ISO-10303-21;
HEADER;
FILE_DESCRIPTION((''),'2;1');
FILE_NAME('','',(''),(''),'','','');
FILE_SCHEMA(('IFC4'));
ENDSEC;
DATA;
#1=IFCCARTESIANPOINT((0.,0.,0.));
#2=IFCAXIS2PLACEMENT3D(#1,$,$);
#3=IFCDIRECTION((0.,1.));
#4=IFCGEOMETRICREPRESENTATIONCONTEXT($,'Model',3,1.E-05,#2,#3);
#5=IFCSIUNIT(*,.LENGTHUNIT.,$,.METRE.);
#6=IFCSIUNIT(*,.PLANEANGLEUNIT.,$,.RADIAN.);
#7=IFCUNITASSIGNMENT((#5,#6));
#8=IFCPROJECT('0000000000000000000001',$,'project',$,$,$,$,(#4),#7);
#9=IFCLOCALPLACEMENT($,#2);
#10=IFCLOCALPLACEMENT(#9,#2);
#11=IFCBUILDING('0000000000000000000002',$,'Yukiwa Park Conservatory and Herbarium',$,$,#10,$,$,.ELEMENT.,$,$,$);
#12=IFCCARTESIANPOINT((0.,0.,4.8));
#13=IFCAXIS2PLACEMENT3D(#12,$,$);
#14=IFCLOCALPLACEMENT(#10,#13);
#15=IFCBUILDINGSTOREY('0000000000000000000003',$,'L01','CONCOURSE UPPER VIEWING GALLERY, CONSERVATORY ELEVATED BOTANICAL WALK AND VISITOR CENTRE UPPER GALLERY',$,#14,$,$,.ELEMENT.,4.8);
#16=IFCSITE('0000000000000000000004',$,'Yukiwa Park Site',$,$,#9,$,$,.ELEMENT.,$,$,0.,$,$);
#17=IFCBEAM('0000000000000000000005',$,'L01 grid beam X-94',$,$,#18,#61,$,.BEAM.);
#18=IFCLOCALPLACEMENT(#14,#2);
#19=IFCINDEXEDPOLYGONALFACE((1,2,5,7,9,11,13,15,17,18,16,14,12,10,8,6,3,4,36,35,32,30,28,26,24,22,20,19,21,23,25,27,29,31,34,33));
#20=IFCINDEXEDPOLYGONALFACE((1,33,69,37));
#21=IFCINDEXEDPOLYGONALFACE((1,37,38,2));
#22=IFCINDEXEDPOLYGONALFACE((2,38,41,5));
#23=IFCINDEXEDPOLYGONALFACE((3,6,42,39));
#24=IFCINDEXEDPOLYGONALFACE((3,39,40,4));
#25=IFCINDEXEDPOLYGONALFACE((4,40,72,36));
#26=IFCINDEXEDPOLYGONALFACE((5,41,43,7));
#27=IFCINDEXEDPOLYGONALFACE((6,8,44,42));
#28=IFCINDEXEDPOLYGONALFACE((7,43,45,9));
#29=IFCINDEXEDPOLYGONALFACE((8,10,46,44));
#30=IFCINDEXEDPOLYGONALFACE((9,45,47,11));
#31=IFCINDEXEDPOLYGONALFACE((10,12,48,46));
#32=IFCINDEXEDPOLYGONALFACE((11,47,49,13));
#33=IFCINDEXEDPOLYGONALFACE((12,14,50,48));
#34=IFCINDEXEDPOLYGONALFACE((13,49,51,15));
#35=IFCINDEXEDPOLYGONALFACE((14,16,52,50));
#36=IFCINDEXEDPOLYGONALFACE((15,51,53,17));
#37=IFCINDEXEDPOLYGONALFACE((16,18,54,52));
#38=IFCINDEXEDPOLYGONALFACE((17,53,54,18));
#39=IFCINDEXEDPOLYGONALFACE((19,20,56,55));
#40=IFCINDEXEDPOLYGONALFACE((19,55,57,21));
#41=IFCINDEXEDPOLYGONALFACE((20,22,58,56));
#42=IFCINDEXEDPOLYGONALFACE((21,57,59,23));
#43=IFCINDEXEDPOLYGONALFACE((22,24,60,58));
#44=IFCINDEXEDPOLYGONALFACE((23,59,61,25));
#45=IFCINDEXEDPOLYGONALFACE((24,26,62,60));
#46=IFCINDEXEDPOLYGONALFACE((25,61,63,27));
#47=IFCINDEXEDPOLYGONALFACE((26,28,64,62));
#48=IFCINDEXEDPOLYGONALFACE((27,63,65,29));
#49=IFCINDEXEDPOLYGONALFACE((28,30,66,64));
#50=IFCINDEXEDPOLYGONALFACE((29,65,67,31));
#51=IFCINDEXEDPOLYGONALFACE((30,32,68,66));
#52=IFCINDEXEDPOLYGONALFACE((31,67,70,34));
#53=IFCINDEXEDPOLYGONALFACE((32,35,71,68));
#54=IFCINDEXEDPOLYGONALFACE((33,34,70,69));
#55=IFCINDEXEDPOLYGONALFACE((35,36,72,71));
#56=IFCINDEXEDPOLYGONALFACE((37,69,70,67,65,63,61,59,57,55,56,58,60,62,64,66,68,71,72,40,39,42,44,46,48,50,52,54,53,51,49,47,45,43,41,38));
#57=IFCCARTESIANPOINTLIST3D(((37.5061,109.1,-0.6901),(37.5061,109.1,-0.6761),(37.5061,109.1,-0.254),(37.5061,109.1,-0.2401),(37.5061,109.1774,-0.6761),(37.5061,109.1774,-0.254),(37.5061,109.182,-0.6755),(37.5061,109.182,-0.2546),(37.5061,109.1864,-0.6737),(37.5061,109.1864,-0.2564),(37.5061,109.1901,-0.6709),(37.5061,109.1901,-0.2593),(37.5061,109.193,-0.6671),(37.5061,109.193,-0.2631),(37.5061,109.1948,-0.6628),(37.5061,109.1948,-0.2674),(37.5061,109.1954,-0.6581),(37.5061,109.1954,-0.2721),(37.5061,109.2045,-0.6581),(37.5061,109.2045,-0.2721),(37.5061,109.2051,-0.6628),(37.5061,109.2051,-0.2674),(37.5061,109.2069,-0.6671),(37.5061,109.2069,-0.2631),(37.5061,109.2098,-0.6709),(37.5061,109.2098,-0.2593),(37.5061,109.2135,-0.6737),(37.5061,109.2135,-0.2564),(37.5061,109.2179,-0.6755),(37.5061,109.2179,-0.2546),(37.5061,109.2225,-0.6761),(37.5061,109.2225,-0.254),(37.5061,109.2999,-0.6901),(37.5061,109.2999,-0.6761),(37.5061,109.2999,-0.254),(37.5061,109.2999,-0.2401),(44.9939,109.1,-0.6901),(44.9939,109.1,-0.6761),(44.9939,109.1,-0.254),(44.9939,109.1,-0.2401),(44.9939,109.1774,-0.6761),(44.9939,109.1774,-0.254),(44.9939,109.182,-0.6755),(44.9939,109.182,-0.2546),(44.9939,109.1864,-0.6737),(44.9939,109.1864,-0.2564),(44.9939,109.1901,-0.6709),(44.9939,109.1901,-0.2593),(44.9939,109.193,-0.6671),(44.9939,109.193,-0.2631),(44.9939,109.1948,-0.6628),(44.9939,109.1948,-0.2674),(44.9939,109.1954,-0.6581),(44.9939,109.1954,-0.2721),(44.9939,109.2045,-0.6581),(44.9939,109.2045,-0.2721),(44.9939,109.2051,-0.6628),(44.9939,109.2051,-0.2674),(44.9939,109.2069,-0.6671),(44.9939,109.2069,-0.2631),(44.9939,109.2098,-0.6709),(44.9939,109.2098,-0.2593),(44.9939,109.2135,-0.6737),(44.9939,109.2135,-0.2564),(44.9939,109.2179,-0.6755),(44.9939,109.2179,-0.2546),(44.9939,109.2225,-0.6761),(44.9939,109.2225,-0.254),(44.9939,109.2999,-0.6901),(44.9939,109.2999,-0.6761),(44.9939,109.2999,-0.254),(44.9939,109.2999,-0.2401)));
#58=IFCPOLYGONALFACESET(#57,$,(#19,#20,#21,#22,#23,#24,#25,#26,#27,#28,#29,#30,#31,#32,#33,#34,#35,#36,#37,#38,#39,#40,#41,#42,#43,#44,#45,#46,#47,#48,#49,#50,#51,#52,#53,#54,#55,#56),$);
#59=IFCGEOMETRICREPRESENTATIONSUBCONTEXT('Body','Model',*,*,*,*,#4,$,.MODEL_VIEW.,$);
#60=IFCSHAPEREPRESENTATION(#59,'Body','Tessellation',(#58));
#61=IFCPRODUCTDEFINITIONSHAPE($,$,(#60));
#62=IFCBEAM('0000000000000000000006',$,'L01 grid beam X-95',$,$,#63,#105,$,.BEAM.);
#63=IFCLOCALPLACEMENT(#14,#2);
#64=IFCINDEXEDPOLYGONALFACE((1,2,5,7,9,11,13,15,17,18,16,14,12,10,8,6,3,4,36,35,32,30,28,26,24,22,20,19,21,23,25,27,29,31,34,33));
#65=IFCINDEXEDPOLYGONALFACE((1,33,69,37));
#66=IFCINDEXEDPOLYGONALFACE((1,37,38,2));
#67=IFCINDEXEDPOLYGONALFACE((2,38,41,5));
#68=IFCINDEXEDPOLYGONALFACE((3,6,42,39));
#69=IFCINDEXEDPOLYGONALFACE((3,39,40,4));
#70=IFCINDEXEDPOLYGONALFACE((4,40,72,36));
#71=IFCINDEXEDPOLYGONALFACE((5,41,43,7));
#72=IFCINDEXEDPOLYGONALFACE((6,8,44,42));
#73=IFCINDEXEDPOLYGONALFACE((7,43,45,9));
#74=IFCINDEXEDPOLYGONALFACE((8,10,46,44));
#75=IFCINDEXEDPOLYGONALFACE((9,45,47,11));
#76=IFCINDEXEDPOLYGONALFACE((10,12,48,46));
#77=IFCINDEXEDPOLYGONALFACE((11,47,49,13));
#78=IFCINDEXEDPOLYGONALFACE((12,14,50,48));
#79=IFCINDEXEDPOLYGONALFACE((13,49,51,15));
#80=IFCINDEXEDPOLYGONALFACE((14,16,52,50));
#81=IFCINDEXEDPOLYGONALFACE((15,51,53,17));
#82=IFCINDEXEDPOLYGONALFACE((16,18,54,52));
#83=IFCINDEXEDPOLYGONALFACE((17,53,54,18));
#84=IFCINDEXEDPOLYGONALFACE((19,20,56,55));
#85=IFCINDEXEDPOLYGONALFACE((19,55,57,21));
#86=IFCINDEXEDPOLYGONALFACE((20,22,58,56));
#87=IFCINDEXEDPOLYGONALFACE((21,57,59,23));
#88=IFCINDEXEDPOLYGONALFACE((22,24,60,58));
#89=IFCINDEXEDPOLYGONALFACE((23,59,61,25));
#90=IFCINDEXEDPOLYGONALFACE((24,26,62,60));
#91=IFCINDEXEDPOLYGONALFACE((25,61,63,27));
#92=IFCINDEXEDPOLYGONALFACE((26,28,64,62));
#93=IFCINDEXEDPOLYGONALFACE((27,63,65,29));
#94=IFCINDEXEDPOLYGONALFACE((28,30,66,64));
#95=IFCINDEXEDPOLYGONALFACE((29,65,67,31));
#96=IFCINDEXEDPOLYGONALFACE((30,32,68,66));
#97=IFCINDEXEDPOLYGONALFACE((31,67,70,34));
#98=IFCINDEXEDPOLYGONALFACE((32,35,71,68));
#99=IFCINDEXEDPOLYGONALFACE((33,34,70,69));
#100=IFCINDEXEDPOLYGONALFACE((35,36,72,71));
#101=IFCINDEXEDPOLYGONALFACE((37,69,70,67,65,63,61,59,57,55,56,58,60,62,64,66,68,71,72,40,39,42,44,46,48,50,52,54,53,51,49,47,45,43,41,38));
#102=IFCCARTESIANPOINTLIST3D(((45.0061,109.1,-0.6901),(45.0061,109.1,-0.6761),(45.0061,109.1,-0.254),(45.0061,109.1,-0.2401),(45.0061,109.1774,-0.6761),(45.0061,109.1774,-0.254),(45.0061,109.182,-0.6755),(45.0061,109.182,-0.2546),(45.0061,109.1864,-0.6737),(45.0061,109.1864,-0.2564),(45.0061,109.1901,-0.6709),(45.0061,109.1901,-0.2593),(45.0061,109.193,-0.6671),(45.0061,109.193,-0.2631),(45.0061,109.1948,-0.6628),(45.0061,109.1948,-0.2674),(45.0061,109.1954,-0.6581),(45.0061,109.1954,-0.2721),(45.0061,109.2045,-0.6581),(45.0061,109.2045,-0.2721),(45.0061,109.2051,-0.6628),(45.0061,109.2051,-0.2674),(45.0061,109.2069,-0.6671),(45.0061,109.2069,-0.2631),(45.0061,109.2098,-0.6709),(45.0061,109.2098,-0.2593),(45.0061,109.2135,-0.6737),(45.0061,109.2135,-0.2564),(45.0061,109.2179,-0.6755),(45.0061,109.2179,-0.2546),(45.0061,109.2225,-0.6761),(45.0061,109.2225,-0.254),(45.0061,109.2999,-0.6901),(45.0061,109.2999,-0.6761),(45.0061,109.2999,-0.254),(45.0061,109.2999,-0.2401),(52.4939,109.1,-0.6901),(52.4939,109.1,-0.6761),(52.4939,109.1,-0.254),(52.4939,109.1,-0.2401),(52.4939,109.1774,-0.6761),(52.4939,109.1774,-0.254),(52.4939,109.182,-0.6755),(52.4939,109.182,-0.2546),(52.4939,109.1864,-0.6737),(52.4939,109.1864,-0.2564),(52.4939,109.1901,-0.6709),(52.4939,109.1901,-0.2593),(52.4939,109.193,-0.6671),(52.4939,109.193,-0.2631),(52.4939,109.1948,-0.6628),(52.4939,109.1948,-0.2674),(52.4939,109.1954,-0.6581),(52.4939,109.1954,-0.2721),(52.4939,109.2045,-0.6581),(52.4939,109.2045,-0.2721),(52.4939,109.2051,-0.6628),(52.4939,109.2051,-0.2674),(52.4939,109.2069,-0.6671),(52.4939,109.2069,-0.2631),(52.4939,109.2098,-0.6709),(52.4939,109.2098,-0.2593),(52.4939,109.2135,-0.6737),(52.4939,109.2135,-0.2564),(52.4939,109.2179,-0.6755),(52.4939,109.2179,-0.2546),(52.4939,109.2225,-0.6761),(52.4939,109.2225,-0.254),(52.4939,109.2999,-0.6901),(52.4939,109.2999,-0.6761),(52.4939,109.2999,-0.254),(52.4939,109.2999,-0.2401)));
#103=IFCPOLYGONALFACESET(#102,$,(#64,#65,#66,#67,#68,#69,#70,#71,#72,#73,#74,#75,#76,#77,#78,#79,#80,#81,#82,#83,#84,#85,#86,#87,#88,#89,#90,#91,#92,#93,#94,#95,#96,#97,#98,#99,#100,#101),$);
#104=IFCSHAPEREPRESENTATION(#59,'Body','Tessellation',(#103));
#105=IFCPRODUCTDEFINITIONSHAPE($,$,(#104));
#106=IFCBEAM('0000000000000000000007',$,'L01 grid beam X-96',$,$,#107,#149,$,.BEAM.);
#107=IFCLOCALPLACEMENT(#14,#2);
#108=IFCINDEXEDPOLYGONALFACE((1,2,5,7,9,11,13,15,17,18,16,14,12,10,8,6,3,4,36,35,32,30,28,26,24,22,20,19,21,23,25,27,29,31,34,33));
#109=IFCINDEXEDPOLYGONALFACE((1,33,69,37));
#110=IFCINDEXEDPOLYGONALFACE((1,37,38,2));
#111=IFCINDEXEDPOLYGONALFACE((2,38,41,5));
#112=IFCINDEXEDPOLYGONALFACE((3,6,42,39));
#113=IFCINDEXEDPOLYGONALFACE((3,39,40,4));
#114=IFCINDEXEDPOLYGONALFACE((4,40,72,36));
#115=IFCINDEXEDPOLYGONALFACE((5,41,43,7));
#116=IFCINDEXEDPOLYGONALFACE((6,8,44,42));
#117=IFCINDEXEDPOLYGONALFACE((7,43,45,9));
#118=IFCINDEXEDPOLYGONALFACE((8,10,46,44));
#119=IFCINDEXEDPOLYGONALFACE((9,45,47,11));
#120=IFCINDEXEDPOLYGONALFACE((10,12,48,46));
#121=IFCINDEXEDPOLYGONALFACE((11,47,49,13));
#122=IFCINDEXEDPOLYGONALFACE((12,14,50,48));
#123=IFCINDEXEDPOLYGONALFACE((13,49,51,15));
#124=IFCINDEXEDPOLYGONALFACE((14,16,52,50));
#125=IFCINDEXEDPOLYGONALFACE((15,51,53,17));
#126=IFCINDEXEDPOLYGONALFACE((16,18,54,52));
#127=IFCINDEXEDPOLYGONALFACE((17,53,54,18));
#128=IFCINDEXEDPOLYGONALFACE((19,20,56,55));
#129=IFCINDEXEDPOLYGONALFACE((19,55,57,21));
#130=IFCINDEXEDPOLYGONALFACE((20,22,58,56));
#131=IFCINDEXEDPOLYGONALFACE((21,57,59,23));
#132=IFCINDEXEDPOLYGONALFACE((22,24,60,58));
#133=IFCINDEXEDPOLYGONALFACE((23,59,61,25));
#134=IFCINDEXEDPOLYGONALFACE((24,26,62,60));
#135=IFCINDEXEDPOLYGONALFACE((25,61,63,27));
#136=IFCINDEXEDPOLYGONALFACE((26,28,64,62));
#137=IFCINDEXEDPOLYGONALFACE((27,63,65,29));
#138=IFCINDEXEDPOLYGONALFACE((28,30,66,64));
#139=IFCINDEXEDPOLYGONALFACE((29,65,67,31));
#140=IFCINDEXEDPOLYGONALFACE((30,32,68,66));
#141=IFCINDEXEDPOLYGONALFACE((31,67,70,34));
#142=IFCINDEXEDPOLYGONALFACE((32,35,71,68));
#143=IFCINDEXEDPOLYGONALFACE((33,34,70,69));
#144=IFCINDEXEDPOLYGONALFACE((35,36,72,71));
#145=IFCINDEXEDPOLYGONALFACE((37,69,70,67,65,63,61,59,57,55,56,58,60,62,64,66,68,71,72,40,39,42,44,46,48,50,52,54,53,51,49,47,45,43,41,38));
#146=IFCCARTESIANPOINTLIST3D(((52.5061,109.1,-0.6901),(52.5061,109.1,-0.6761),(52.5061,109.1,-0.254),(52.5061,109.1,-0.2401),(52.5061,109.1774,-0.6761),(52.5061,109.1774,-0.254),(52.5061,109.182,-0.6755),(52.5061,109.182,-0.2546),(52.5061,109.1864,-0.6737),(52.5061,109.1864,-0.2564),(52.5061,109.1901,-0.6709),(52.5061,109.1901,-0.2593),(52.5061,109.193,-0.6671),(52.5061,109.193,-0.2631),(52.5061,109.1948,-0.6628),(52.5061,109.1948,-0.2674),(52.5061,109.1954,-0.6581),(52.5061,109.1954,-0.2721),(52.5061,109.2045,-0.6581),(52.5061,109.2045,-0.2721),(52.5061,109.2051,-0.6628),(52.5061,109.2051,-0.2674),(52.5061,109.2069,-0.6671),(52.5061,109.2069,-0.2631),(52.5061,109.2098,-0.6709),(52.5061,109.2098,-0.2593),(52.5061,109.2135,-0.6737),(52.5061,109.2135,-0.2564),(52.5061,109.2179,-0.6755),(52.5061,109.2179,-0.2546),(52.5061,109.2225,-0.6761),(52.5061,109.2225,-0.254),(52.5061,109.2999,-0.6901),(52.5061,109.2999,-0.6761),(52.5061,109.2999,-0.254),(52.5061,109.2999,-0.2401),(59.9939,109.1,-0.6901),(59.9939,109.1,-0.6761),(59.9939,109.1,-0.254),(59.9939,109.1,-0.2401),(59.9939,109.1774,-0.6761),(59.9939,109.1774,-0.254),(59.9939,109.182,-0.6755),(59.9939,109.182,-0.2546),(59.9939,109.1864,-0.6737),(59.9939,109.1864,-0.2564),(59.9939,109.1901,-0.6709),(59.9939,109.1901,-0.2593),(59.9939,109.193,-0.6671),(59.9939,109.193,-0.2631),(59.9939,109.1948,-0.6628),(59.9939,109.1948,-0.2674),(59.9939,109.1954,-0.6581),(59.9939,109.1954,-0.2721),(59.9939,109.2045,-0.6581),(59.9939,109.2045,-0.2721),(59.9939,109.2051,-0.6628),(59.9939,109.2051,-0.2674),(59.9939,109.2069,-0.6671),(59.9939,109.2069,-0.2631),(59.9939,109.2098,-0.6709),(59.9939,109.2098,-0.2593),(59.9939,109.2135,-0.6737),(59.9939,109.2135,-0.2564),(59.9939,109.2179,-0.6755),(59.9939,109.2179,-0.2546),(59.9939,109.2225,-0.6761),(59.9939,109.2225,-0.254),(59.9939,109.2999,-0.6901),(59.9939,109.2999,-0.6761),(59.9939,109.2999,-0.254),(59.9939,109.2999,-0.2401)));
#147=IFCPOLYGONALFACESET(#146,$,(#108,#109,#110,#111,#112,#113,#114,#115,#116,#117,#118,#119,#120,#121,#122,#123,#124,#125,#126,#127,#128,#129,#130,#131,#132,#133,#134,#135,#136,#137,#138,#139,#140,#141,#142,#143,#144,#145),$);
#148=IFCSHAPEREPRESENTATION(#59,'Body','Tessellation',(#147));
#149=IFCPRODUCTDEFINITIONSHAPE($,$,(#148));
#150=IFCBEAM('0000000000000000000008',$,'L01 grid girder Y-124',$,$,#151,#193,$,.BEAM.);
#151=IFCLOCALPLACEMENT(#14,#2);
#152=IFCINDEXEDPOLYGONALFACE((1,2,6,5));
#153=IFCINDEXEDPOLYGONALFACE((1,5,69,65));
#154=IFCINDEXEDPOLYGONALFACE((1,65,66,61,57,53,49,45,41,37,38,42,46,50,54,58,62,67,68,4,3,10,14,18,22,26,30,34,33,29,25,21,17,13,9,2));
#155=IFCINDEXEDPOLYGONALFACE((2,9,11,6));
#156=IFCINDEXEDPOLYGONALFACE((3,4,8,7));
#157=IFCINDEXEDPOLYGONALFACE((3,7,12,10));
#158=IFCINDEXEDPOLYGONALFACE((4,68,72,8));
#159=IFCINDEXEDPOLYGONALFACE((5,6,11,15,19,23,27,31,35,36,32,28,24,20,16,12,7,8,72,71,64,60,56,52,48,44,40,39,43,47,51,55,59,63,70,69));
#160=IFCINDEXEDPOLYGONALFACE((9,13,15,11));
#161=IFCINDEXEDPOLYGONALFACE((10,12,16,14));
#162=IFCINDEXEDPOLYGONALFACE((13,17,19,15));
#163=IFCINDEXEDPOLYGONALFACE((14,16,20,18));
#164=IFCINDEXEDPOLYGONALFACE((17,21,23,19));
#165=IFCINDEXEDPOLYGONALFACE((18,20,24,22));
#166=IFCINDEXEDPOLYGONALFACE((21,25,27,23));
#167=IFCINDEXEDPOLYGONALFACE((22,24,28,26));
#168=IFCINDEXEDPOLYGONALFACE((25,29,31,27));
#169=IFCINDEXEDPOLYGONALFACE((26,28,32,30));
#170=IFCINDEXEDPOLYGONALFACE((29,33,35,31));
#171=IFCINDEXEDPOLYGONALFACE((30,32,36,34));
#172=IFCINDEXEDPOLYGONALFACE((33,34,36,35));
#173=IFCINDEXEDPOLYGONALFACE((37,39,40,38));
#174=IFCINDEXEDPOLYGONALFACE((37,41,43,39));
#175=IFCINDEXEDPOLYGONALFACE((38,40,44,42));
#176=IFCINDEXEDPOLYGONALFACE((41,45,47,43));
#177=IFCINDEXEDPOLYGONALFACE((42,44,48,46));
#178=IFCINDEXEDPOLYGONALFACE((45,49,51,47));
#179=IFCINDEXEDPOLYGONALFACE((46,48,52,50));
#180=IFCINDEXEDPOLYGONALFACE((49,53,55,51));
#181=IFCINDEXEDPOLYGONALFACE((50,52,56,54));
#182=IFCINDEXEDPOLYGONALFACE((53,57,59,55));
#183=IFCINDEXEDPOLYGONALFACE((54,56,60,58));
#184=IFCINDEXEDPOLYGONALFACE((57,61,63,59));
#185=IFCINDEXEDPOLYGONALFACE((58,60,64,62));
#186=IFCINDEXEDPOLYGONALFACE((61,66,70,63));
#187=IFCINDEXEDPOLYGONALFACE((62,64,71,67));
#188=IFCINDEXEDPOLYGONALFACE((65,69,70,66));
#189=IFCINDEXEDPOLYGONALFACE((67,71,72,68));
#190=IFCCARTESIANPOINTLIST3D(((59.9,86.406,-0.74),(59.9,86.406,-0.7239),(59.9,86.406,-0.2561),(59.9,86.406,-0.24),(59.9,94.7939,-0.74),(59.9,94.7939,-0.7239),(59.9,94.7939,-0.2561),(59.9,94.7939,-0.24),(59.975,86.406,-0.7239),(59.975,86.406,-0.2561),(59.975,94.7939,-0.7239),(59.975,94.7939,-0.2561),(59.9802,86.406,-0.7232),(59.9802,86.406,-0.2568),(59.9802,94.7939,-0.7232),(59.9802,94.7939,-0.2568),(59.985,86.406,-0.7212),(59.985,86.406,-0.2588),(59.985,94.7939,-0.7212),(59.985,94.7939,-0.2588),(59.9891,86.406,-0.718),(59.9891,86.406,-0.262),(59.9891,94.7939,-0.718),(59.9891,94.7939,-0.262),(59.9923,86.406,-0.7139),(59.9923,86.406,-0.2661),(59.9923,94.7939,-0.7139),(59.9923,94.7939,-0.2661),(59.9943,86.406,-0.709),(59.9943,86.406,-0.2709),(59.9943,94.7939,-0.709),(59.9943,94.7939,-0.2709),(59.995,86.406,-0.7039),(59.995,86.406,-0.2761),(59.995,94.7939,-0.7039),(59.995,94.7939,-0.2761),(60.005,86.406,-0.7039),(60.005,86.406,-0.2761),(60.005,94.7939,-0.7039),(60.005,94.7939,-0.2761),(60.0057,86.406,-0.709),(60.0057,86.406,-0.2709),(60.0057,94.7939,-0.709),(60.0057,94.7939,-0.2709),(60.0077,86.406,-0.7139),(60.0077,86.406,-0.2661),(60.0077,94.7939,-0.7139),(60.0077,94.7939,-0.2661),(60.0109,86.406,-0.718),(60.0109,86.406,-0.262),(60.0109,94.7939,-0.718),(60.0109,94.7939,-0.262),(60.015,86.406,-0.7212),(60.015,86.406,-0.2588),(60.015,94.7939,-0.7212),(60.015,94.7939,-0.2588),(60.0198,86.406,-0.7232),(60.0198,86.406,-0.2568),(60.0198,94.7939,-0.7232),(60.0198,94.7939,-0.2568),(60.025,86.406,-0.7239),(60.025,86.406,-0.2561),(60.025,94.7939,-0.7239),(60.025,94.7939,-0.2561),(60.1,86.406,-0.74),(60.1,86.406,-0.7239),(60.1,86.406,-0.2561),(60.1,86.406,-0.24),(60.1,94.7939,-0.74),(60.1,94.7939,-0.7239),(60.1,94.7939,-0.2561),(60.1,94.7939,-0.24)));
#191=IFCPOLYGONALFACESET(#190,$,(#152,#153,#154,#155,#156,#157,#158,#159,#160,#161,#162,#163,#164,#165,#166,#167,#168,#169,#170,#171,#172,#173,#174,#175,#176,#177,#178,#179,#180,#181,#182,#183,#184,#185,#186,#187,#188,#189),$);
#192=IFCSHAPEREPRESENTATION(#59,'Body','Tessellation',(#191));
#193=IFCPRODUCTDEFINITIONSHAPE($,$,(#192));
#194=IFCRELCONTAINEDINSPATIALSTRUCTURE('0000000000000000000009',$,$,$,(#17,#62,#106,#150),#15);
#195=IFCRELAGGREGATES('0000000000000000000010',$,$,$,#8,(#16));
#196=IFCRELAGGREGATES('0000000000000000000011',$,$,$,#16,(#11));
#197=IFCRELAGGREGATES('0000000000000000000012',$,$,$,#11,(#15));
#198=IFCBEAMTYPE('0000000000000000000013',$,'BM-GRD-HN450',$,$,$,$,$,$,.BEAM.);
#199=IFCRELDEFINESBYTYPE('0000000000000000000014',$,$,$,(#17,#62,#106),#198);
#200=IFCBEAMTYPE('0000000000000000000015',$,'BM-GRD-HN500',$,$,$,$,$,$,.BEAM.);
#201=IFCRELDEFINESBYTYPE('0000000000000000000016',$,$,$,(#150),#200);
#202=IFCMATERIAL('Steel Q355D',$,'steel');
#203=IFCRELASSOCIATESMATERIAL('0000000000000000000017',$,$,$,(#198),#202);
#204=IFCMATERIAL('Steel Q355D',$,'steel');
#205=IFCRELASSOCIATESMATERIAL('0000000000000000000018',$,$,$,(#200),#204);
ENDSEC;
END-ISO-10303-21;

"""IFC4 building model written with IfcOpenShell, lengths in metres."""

from ifc_helpers import new_model, si_unit, direction, frame, origin, origin_2d, place, context, subcontext, project, spatial, i_section, extrude, material, material_profile, profile_set, type_object, element, save


model = new_model("IFC4")

# Units and contexts
model_context = context("Model", 3, precision=1e-05, world=origin(), true_north=direction((0.0, 1.0)))
body_context = subcontext(model_context, "Body", "Model", "MODEL_VIEW")
ifc_project = project(units=[si_unit("LENGTHUNIT", "METRE"), si_unit("PLANEANGLEUNIT", "RADIAN")], contexts=[model_context])

# Site, building, storey
site_placement = place(None, origin())
site = spatial("IfcSite", under=ifc_project, at=site_placement, Name="Yukiwa Park Site", CompositionType="ELEMENT", RefElevation=0.0)
building_placement = place(site_placement, origin())
building = spatial("IfcBuilding", under=site, at=building_placement, Name="Yukiwa Park Conservatory and Herbarium", CompositionType="ELEMENT")
storey_placement = place(building_placement, frame((0.0, 0.0, 4.8)))
storey = spatial("IfcBuildingStorey", under=building, at=storey_placement, Name="L01", Description="CONCOURSE UPPER VIEWING GALLERY, CONSERVATORY ELEVATED BOTANICAL WALK AND VISITOR CENTRE UPPER GALLERY", CompositionType="ELEMENT", Elevation=4.8)

# Beams
ifc_material_1 = material(Name="Steel Q355D", Category="steel")
ifc_material_profile_1 = material_profile(ifc_material_1, i_section(OverallWidth=0.2, OverallDepth=0.45, WebThickness=0.009, FlangeThickness=0.0139, FilletRadius=0.0181, at=origin_2d()), Name="HN 450x200x9x14")
ifc_profile_set_1 = profile_set([ifc_material_profile_1], Name="Steel Q355D")
beam_type_1 = type_object("IfcBeamType", Name="BM-GRD-HN450", PredefinedType="BEAM", material=ifc_profile_set_1)
for number, where, z_axis, x_axis, name in (
    (1, (37.5061, 109.2, -0.4651), (1.0, 0.0, 0.0), (0.0, 1.0, 0.0), "L01 grid beam X-94"),
    (2, (45.0061, 109.2, -0.4651), (1.0, 0.0, 0.0), (0.0, 1.0, 0.0), "L01 grid beam X-95"),
    (3, (52.5061, 109.2, -0.4651), (1.0, 0.0, 0.0), (0.0, 1.0, 0.0), "L01 grid beam X-96"),
):
    element("IfcBeam", number, at=place(storey_placement, frame(where, z_axis=z_axis, x_axis=x_axis)), inside=storey, type_object=beam_type_1, Name=name, PredefinedType="BEAM", context=body_context, shape_type="SweptSolid", body=[
        extrude(i_section(OverallWidth=0.2, OverallDepth=0.45, WebThickness=0.009, FlangeThickness=0.0139, FilletRadius=0.0181, at=origin_2d()), origin(), (0.0, 0.0, 1.0), 7.4878),
    ])
ifc_material_2 = material(Name="Steel Q355D", Category="steel")
ifc_material_profile_2 = material_profile(ifc_material_2, i_section(OverallWidth=0.2, OverallDepth=0.5, WebThickness=0.01, FlangeThickness=0.0161, FilletRadius=0.02, at=origin_2d()), Name="HN 500x200x10x16")
ifc_profile_set_2 = profile_set([ifc_material_profile_2], Name="Steel Q355D")
beam_type_2 = type_object("IfcBeamType", Name="BM-GRD-HN500", PredefinedType="BEAM", material=ifc_profile_set_2)
beam_1_placement = place(storey_placement, frame((60.0, 86.406, -0.49), z_axis=(0.0, 1.0, 0.0), x_axis=(-1.0, 0.0, 0.0)))
element("IfcBeam", 4, at=beam_1_placement, inside=storey, type_object=beam_type_2, Name="L01 grid girder Y-124", PredefinedType="BEAM", context=body_context, shape_type="SweptSolid", body=[
    extrude(i_section(OverallWidth=0.2, OverallDepth=0.5, WebThickness=0.01, FlangeThickness=0.0161, FilletRadius=0.02, at=origin_2d()), origin(), (0.0, 0.0, 1.0), 8.3879),
])

save(model, "model.ifc")
